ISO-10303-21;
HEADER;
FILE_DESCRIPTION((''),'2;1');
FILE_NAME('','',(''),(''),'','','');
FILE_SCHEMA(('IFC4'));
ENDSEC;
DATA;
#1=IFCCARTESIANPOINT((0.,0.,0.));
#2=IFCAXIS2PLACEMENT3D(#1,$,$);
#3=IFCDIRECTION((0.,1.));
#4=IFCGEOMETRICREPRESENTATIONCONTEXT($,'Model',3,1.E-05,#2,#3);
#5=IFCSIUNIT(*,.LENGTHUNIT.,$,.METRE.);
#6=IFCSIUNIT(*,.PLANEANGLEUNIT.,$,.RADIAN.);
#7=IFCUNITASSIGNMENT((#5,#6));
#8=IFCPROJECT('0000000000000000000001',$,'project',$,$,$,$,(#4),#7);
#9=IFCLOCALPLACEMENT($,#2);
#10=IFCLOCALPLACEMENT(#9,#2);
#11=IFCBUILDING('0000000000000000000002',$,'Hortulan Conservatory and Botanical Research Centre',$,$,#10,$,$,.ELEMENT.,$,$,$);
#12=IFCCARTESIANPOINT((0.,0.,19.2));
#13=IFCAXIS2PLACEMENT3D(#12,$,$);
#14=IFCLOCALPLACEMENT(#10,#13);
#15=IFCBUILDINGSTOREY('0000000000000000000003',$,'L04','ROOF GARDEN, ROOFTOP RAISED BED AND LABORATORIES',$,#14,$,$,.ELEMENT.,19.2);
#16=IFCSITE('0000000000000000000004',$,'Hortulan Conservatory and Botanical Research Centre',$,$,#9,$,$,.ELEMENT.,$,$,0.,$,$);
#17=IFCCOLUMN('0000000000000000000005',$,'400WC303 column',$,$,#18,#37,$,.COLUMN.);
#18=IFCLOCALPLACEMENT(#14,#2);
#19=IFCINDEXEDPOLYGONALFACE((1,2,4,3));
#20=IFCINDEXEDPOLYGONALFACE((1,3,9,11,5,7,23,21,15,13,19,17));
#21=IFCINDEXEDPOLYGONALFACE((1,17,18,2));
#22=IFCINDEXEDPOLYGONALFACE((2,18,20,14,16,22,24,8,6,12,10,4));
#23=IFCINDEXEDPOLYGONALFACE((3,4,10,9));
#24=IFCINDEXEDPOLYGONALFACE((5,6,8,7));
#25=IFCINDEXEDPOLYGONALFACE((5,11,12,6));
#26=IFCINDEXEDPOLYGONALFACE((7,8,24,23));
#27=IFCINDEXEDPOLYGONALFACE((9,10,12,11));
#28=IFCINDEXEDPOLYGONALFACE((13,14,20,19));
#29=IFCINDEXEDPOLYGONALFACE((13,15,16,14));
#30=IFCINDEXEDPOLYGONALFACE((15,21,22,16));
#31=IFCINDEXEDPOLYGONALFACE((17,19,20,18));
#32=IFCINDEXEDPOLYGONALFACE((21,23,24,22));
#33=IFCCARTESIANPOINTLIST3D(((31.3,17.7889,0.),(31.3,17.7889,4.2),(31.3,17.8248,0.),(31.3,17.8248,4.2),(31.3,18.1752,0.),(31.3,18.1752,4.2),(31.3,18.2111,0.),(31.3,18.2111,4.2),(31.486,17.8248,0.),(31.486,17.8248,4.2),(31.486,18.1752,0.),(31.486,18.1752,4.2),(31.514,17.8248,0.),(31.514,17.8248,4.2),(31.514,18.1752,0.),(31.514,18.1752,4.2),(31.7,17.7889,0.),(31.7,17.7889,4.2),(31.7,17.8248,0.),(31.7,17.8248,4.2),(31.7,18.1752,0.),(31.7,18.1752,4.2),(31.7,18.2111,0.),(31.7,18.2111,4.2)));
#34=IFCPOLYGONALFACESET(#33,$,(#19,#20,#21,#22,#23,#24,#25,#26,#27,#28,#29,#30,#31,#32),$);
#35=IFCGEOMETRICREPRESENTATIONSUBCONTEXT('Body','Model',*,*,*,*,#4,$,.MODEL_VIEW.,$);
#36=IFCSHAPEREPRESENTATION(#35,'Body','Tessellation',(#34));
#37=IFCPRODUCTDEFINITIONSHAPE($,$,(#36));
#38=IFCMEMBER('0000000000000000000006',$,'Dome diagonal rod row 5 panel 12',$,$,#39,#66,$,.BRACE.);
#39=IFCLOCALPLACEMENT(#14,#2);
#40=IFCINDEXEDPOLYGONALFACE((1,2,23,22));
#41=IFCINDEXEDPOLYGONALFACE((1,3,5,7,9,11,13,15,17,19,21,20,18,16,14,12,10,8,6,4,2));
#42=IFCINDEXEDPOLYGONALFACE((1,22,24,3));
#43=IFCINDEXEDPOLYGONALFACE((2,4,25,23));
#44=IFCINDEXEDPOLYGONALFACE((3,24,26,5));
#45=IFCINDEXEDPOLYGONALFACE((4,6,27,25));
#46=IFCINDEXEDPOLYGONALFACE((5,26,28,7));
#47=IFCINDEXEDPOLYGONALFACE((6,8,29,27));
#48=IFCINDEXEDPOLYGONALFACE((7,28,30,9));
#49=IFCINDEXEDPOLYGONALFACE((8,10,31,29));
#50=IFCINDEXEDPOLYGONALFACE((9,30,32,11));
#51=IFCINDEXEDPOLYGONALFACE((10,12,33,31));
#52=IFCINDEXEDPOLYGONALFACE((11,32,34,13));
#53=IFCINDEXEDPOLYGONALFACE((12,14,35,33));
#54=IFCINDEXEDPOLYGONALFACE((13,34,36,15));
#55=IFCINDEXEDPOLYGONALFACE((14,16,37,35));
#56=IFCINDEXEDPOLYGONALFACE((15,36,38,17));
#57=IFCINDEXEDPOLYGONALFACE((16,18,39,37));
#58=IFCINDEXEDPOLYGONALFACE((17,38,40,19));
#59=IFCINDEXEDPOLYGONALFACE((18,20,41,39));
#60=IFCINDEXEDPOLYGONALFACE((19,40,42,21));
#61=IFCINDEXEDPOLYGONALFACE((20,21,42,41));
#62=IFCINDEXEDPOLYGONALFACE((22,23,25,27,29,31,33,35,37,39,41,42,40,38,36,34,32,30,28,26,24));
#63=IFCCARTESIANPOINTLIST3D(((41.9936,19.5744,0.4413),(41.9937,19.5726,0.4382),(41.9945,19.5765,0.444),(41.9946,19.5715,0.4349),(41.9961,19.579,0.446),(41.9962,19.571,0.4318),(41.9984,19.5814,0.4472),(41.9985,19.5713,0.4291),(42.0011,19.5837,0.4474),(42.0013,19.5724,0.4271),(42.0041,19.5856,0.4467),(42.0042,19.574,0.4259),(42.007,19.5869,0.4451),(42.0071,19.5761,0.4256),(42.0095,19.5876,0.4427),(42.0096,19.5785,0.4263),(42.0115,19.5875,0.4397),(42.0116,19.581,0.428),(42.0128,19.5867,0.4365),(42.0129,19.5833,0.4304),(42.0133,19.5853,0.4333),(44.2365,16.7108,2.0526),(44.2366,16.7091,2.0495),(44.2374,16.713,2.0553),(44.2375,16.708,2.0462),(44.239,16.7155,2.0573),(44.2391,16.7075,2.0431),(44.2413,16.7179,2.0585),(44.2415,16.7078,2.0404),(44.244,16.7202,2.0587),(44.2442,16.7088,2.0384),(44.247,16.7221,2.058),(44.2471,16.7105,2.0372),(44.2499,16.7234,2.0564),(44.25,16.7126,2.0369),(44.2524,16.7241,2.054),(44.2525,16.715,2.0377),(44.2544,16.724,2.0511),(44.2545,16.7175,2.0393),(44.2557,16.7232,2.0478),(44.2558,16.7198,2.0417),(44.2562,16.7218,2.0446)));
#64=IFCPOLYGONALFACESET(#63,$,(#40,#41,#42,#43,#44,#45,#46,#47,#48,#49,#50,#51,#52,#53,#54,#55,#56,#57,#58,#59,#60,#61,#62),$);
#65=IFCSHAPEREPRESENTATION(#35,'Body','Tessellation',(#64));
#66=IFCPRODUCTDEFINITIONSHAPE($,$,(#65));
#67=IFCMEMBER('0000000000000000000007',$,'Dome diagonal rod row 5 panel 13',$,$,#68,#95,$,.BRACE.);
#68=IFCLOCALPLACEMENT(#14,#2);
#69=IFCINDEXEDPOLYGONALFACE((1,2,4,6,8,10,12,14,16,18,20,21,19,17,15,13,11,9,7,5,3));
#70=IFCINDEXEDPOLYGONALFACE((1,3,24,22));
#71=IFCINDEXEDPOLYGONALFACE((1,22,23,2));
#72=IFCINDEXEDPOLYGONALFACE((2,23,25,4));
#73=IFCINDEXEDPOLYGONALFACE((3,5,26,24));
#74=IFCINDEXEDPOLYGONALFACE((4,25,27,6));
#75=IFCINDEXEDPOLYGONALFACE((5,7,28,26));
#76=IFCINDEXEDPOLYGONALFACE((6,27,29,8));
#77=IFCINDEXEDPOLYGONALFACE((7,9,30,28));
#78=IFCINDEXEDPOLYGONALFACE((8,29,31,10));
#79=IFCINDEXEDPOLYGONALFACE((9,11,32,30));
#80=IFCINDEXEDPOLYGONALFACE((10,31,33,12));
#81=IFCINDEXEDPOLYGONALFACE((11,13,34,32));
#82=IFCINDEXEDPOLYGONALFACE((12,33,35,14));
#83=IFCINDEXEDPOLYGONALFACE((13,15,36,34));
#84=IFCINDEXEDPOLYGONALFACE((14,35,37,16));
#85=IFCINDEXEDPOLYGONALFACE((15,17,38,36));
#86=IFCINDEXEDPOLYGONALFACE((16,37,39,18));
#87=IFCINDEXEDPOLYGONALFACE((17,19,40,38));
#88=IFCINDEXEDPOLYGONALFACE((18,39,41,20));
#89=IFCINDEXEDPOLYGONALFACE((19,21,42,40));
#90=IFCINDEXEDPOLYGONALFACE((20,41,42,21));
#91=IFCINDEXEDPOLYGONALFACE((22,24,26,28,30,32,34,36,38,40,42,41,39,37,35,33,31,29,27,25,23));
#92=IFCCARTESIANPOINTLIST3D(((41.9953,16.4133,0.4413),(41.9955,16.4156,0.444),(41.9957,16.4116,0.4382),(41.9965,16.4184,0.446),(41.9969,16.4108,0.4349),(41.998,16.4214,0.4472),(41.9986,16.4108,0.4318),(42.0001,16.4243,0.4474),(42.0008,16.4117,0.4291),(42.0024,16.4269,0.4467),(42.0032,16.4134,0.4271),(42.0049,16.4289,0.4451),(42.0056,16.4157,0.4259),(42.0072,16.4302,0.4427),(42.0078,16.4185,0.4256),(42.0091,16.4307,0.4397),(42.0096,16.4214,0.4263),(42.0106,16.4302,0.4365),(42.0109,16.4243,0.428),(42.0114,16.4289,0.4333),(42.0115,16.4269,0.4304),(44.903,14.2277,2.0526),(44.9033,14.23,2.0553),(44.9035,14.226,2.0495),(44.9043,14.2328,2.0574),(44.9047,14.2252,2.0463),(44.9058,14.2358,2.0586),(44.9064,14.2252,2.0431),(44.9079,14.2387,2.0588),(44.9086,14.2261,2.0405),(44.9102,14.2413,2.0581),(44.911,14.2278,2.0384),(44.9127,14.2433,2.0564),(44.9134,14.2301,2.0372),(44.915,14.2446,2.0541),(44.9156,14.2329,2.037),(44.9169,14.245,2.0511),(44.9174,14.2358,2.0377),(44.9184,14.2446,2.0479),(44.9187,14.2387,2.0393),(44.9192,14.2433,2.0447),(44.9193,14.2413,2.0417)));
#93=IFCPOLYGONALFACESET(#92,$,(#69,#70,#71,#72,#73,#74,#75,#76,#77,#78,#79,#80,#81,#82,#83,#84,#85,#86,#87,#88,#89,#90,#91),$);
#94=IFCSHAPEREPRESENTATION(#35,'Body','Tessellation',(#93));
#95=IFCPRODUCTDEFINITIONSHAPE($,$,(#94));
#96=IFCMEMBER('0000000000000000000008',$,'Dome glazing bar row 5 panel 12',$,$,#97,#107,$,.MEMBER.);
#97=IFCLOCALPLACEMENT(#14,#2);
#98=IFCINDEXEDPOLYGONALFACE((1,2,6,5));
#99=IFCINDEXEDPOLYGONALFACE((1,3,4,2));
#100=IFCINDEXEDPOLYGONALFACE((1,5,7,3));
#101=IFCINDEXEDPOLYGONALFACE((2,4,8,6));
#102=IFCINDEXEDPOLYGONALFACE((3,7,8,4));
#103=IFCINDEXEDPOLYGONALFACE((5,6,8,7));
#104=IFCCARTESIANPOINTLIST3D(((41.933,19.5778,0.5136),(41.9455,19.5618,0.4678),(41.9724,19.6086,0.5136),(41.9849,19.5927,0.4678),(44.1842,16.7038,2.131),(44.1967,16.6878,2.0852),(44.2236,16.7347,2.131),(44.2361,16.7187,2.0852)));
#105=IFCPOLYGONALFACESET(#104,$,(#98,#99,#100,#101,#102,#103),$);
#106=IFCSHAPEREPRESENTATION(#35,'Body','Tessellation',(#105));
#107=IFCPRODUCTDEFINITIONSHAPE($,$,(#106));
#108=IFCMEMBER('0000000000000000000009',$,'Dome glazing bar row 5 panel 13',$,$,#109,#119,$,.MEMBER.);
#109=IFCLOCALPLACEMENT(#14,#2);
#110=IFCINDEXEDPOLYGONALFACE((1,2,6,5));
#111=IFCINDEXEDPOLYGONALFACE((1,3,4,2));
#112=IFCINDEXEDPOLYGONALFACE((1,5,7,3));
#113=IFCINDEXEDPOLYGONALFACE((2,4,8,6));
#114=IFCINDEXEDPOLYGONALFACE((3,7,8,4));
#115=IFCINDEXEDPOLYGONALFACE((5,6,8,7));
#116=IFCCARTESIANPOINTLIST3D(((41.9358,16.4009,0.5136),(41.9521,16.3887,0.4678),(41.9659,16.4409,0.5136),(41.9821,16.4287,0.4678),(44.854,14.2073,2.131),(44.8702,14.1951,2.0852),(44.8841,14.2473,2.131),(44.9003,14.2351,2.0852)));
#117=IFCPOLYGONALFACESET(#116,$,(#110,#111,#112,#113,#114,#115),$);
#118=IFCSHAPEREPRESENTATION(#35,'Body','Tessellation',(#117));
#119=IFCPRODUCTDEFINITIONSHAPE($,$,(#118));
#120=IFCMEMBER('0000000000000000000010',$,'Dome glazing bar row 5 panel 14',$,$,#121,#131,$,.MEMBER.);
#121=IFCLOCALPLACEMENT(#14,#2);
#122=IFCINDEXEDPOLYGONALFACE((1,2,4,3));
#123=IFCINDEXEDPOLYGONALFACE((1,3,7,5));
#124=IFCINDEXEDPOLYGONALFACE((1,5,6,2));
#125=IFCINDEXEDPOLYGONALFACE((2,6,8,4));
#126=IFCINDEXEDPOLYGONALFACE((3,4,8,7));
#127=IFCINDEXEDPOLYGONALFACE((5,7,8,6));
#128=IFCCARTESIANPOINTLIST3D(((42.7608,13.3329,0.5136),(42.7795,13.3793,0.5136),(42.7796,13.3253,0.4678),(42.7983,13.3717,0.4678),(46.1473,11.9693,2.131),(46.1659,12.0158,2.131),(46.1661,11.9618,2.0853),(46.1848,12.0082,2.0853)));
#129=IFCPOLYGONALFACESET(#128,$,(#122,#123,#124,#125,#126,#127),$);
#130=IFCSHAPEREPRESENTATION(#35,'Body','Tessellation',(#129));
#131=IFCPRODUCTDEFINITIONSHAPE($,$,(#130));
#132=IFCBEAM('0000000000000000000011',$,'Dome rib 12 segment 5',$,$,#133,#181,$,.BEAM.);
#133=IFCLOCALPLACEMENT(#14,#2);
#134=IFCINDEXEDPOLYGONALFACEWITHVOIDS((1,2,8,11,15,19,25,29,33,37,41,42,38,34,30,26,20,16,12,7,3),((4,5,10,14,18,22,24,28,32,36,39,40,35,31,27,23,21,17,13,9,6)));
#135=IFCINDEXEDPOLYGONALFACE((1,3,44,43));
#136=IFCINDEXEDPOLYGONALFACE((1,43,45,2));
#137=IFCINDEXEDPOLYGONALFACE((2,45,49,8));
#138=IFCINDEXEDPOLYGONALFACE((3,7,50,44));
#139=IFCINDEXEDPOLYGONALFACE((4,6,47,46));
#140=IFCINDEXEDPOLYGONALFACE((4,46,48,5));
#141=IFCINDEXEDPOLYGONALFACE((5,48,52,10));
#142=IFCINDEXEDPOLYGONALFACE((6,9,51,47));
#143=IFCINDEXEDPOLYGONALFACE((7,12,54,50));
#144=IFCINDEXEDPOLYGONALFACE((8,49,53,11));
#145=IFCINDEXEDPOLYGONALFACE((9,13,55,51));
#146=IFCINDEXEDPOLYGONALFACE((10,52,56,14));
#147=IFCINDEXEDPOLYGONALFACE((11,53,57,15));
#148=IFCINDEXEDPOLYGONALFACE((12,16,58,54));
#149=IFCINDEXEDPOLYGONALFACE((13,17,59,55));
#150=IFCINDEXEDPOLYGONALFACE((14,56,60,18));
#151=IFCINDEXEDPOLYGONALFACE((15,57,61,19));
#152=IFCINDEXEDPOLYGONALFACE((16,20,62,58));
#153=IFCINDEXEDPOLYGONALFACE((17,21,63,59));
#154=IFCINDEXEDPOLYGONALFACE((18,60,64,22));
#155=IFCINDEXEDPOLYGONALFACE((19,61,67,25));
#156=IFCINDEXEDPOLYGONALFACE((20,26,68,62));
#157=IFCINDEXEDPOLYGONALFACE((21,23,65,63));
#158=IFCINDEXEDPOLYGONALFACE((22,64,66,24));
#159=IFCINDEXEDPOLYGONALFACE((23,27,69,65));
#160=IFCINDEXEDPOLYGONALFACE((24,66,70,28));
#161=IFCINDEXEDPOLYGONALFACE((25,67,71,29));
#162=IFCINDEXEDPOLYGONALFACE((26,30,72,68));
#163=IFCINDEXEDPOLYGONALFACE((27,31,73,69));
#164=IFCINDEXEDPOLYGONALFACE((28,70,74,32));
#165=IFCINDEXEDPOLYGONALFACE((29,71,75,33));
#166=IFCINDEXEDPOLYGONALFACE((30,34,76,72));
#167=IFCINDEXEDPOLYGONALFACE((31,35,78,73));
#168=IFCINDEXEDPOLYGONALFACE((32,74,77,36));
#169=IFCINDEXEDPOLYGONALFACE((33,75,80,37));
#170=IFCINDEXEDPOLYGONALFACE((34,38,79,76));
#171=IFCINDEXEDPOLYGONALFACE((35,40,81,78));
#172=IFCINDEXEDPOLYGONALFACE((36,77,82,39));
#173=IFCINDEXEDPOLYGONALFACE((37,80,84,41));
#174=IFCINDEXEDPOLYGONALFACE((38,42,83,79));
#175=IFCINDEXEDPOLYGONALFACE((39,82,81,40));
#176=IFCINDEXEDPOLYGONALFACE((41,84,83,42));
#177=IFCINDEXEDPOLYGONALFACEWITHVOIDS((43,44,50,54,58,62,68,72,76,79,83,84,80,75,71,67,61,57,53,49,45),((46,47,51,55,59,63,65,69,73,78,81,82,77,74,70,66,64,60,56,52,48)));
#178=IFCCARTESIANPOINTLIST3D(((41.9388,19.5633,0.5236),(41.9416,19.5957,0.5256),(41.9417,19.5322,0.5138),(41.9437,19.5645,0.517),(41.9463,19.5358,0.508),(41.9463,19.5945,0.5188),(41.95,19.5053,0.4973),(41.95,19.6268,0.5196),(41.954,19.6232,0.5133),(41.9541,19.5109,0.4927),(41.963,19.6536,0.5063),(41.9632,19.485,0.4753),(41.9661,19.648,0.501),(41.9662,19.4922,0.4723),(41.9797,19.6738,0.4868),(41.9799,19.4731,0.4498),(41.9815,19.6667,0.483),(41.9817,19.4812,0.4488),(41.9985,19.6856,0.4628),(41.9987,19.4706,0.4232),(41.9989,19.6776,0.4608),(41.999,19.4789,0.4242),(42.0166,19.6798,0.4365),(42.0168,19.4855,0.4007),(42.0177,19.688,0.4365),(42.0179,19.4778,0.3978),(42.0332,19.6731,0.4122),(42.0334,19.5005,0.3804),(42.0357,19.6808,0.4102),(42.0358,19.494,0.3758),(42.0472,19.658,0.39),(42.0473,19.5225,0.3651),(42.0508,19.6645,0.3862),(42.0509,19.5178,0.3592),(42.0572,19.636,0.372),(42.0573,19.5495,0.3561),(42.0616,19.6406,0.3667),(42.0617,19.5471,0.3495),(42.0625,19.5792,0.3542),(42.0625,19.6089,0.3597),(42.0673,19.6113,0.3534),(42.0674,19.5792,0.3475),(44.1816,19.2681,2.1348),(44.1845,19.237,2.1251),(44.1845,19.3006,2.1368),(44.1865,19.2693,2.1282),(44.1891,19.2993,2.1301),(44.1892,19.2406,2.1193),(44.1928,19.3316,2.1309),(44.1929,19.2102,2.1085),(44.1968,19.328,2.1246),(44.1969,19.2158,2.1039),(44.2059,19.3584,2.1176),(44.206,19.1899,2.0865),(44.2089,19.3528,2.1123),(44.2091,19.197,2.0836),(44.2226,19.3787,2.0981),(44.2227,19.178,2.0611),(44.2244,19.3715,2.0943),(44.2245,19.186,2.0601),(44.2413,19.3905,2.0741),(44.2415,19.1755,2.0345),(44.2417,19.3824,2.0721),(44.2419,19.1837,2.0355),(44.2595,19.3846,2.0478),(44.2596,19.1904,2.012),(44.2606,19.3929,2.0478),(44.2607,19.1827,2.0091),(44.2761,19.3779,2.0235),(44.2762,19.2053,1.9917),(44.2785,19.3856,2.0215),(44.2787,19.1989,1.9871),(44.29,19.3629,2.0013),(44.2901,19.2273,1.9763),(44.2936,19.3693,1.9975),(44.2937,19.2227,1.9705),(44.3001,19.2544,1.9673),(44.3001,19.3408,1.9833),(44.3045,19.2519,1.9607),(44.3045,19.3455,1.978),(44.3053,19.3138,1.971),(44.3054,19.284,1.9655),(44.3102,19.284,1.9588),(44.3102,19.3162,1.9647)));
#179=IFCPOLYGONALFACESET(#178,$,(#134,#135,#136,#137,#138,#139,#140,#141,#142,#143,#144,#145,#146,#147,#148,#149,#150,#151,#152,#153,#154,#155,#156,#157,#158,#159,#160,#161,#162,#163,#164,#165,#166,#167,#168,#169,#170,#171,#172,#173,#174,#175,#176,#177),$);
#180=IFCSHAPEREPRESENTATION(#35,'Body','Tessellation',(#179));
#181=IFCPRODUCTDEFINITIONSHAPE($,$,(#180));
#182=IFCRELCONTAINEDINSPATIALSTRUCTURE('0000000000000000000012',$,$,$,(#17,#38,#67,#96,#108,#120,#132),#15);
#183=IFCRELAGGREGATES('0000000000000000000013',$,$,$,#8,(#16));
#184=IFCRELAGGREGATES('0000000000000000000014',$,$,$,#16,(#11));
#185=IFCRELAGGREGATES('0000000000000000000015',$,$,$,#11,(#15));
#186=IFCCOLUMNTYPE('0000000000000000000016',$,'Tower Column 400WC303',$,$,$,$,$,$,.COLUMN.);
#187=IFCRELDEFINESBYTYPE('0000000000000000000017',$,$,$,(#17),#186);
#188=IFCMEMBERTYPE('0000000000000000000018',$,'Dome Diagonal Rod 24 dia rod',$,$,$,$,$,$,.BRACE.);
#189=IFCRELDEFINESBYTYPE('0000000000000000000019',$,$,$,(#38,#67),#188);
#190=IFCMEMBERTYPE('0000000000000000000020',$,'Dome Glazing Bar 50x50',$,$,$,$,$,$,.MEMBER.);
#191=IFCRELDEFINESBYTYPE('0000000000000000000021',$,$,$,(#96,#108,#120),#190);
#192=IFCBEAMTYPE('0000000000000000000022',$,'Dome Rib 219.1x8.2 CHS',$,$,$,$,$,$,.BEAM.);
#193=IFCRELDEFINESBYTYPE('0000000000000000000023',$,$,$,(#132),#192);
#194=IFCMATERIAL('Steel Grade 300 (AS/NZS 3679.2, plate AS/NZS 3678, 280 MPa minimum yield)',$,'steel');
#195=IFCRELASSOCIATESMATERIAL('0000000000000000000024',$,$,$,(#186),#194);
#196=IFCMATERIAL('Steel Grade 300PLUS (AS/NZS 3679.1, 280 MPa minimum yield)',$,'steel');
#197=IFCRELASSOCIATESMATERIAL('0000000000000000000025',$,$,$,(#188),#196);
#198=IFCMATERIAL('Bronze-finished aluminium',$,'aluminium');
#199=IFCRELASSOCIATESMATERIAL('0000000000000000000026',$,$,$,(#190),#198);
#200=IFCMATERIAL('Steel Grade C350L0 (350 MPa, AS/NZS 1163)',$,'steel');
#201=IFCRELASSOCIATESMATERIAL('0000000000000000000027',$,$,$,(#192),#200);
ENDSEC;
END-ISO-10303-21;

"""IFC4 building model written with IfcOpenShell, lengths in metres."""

from ifc_helpers import new_model, si_unit, direction, frame, origin, origin_2d, place, context, subcontext, project, spatial, rectangle, circle, hollow_circle, i_section, extrude, material, material_profile, profile_set, type_object, element, save


model = new_model("IFC4")

# Units and contexts
model_context = context("Model", 3, precision=1e-05, world=origin(), true_north=direction((0.0, 1.0)))
body_context = subcontext(model_context, "Body", "Model", "MODEL_VIEW")
ifc_project = project(units=[si_unit("LENGTHUNIT", "METRE"), si_unit("PLANEANGLEUNIT", "RADIAN")], contexts=[model_context])

# Site, building, storey
site_placement = place(None, origin())
site = spatial("IfcSite", under=ifc_project, at=site_placement, Name="Hortulan Conservatory and Botanical Research Centre", CompositionType="ELEMENT", RefElevation=0.0)
building_placement = place(site_placement, origin())
building = spatial("IfcBuilding", under=site, at=building_placement, Name="Hortulan Conservatory and Botanical Research Centre", CompositionType="ELEMENT")
storey_placement = place(building_placement, frame((0.0, 0.0, 19.2)))
storey = spatial("IfcBuildingStorey", under=building, at=storey_placement, Name="L04", Description="ROOF GARDEN, ROOFTOP RAISED BED AND LABORATORIES", CompositionType="ELEMENT", Elevation=19.2)

# Column
ifc_material_1 = material(Name="Steel Grade 300 (AS/NZS 3679.2, plate AS/NZS 3678, 280 MPa minimum yield)", Category="steel")
ifc_material_profile_1 = material_profile(ifc_material_1, i_section(OverallWidth=0.3999, OverallDepth=0.4221, WebThickness=0.0281, FlangeThickness=0.0359, at=origin_2d()), Name="400WC303")
ifc_profile_set_1 = profile_set([ifc_material_profile_1], Name="Steel Grade 300 (AS/NZS 3679.2, plate AS/NZS 3678, 280 MPa minimum yield)")
column_type = type_object("IfcColumnType", Name="Tower Column 400WC303", PredefinedType="COLUMN", material=ifc_profile_set_1)
column_placement = place(storey_placement, frame((31.5, 18.0, 0.0), z_axis=(0.0, 0.0, 1.0), x_axis=(1.0, 0.0, 0.0)))
element("IfcColumn", 1, at=column_placement, inside=storey, type_object=column_type, Name="400WC303 column", PredefinedType="COLUMN", context=body_context, shape_type="SweptSolid", body=[
    extrude(i_section(OverallWidth=0.3999, OverallDepth=0.4221, WebThickness=0.0281, FlangeThickness=0.0359, at=origin_2d()), origin(), (0.0, 0.0, 1.0), 4.2),
])

# Members
ifc_material_2 = material(Name="Steel Grade 300PLUS (AS/NZS 3679.1, 280 MPa minimum yield)", Category="steel")
ifc_material_profile_2 = material_profile(ifc_material_2, circle(Radius=0.012, at=origin_2d()), Name="24 dia rod")
ifc_profile_set_2 = profile_set([ifc_material_profile_2], Name="Steel Grade 300PLUS (AS/NZS 3679.1, 280 MPa minimum yield)")
member_type_1 = type_object("IfcMemberType", Name="Dome Diagonal Rod 24 dia rod", PredefinedType="BRACE", material=ifc_profile_set_2)
member_1_placement = place(storey_placement, frame((42.0034, 19.5793, 0.4365), z_axis=(0.563789, -0.719787, 0.40503), x_axis=(0.787251, 0.616632, 0.0)))
element("IfcMember", 2, at=member_1_placement, inside=storey, type_object=member_type_1, Name="Dome diagonal rod row 5 panel 12", PredefinedType="BRACE", context=body_context, shape_type="SweptSolid", body=[
    extrude(circle(Radius=0.012, at=origin_2d()), origin(), (0.0, 0.0, 1.0), 3.9783),
])
member_2_placement = place(storey_placement, frame((42.0034, 16.4207, 0.4365), z_axis=(0.730872, -0.549351, 0.405017), x_axis=(0.600837, 0.799371, 0.0)))
element("IfcMember", 3, at=member_2_placement, inside=storey, type_object=member_type_1, Name="Dome diagonal rod row 5 panel 13", PredefinedType="BRACE", context=body_context, shape_type="SweptSolid", body=[
    extrude(circle(Radius=0.012, at=origin_2d()), origin(), (0.0, 0.0, 1.0), 3.9785),
])
ifc_material_3 = material(Name="Bronze-finished aluminium", Category="aluminium")
ifc_material_profile_3 = material_profile(ifc_material_3, rectangle(XDim=0.05, YDim=0.05, at=origin_2d()), Name="Square bar 50x50")
ifc_profile_set_3 = profile_set([ifc_material_profile_3], Name="Bronze-finished aluminium")
member_type_2 = type_object("IfcMemberType", Name="Dome Glazing Bar 50x50", PredefinedType="MEMBER", material=ifc_profile_set_3)
for number, where, z_axis, x_axis, name in (
    (4, (41.959, 19.5852, 0.4907), (0.563791, -0.719765, 0.405066), (0.787241, 0.616645, 0.0), "Dome glazing bar row 5 panel 12"),
    (5, (41.959, 16.4148, 0.4907), (0.730834, -0.549364, 0.405068), (0.600866, 0.79935, 0.0), "Dome glazing bar row 5 panel 13"),
    (6, (42.7795, 13.3523, 0.4907), (0.848118, -0.341485, 0.405074), (0.3735, 0.92763, 0.0), "Dome glazing bar row 5 panel 14"),
):
    element("IfcMember", number, at=place(storey_placement, frame(where, z_axis=z_axis, x_axis=x_axis)), inside=storey, type_object=member_type_2, Name=name, PredefinedType="MEMBER", context=body_context, shape_type="SweptSolid", body=[
        extrude(rectangle(XDim=0.05, YDim=0.05, at=origin_2d()), origin(), (0.0, 0.0, 1.0), 3.9929),
    ])

# Beam
ifc_material_4 = material(Name="Steel Grade C350L0 (350 MPa, AS/NZS 1163)", Category="steel")
ifc_material_profile_4 = material_profile(ifc_material_4, hollow_circle(Radius=0.1096, WallThickness=0.0083, at=origin_2d()), Name="219.1x8.2CHS")
ifc_profile_set_4 = profile_set([ifc_material_profile_4], Name="Steel Grade C350L0 (350 MPa, AS/NZS 1163)")
beam_type_1 = type_object("IfcBeamType", Name="Dome Rib 219.1x8.2 CHS", PredefinedType="BEAM", material=ifc_profile_set_4)
for number, where, z_axis, x_axis, name in (
    (7, (42.0034, 19.5793, 0.4365), (0.807548, -0.106273, 0.580148), (0.130474, 0.991452, 0.0), "Dome rib 12 segment 5"),
):
    element("IfcBeam", number, at=place(storey_placement, frame(where, z_axis=z_axis, x_axis=x_axis)), inside=storey, type_object=beam_type_1, Name=name, PredefinedType="BEAM", context=body_context, shape_type="SweptSolid", body=[
        extrude(hollow_circle(Radius=0.1096, WallThickness=0.0083, at=origin_2d()), origin(), (0.0, 0.0, 1.0), 2.7773),
    ])

save(model, "model.ifc")
